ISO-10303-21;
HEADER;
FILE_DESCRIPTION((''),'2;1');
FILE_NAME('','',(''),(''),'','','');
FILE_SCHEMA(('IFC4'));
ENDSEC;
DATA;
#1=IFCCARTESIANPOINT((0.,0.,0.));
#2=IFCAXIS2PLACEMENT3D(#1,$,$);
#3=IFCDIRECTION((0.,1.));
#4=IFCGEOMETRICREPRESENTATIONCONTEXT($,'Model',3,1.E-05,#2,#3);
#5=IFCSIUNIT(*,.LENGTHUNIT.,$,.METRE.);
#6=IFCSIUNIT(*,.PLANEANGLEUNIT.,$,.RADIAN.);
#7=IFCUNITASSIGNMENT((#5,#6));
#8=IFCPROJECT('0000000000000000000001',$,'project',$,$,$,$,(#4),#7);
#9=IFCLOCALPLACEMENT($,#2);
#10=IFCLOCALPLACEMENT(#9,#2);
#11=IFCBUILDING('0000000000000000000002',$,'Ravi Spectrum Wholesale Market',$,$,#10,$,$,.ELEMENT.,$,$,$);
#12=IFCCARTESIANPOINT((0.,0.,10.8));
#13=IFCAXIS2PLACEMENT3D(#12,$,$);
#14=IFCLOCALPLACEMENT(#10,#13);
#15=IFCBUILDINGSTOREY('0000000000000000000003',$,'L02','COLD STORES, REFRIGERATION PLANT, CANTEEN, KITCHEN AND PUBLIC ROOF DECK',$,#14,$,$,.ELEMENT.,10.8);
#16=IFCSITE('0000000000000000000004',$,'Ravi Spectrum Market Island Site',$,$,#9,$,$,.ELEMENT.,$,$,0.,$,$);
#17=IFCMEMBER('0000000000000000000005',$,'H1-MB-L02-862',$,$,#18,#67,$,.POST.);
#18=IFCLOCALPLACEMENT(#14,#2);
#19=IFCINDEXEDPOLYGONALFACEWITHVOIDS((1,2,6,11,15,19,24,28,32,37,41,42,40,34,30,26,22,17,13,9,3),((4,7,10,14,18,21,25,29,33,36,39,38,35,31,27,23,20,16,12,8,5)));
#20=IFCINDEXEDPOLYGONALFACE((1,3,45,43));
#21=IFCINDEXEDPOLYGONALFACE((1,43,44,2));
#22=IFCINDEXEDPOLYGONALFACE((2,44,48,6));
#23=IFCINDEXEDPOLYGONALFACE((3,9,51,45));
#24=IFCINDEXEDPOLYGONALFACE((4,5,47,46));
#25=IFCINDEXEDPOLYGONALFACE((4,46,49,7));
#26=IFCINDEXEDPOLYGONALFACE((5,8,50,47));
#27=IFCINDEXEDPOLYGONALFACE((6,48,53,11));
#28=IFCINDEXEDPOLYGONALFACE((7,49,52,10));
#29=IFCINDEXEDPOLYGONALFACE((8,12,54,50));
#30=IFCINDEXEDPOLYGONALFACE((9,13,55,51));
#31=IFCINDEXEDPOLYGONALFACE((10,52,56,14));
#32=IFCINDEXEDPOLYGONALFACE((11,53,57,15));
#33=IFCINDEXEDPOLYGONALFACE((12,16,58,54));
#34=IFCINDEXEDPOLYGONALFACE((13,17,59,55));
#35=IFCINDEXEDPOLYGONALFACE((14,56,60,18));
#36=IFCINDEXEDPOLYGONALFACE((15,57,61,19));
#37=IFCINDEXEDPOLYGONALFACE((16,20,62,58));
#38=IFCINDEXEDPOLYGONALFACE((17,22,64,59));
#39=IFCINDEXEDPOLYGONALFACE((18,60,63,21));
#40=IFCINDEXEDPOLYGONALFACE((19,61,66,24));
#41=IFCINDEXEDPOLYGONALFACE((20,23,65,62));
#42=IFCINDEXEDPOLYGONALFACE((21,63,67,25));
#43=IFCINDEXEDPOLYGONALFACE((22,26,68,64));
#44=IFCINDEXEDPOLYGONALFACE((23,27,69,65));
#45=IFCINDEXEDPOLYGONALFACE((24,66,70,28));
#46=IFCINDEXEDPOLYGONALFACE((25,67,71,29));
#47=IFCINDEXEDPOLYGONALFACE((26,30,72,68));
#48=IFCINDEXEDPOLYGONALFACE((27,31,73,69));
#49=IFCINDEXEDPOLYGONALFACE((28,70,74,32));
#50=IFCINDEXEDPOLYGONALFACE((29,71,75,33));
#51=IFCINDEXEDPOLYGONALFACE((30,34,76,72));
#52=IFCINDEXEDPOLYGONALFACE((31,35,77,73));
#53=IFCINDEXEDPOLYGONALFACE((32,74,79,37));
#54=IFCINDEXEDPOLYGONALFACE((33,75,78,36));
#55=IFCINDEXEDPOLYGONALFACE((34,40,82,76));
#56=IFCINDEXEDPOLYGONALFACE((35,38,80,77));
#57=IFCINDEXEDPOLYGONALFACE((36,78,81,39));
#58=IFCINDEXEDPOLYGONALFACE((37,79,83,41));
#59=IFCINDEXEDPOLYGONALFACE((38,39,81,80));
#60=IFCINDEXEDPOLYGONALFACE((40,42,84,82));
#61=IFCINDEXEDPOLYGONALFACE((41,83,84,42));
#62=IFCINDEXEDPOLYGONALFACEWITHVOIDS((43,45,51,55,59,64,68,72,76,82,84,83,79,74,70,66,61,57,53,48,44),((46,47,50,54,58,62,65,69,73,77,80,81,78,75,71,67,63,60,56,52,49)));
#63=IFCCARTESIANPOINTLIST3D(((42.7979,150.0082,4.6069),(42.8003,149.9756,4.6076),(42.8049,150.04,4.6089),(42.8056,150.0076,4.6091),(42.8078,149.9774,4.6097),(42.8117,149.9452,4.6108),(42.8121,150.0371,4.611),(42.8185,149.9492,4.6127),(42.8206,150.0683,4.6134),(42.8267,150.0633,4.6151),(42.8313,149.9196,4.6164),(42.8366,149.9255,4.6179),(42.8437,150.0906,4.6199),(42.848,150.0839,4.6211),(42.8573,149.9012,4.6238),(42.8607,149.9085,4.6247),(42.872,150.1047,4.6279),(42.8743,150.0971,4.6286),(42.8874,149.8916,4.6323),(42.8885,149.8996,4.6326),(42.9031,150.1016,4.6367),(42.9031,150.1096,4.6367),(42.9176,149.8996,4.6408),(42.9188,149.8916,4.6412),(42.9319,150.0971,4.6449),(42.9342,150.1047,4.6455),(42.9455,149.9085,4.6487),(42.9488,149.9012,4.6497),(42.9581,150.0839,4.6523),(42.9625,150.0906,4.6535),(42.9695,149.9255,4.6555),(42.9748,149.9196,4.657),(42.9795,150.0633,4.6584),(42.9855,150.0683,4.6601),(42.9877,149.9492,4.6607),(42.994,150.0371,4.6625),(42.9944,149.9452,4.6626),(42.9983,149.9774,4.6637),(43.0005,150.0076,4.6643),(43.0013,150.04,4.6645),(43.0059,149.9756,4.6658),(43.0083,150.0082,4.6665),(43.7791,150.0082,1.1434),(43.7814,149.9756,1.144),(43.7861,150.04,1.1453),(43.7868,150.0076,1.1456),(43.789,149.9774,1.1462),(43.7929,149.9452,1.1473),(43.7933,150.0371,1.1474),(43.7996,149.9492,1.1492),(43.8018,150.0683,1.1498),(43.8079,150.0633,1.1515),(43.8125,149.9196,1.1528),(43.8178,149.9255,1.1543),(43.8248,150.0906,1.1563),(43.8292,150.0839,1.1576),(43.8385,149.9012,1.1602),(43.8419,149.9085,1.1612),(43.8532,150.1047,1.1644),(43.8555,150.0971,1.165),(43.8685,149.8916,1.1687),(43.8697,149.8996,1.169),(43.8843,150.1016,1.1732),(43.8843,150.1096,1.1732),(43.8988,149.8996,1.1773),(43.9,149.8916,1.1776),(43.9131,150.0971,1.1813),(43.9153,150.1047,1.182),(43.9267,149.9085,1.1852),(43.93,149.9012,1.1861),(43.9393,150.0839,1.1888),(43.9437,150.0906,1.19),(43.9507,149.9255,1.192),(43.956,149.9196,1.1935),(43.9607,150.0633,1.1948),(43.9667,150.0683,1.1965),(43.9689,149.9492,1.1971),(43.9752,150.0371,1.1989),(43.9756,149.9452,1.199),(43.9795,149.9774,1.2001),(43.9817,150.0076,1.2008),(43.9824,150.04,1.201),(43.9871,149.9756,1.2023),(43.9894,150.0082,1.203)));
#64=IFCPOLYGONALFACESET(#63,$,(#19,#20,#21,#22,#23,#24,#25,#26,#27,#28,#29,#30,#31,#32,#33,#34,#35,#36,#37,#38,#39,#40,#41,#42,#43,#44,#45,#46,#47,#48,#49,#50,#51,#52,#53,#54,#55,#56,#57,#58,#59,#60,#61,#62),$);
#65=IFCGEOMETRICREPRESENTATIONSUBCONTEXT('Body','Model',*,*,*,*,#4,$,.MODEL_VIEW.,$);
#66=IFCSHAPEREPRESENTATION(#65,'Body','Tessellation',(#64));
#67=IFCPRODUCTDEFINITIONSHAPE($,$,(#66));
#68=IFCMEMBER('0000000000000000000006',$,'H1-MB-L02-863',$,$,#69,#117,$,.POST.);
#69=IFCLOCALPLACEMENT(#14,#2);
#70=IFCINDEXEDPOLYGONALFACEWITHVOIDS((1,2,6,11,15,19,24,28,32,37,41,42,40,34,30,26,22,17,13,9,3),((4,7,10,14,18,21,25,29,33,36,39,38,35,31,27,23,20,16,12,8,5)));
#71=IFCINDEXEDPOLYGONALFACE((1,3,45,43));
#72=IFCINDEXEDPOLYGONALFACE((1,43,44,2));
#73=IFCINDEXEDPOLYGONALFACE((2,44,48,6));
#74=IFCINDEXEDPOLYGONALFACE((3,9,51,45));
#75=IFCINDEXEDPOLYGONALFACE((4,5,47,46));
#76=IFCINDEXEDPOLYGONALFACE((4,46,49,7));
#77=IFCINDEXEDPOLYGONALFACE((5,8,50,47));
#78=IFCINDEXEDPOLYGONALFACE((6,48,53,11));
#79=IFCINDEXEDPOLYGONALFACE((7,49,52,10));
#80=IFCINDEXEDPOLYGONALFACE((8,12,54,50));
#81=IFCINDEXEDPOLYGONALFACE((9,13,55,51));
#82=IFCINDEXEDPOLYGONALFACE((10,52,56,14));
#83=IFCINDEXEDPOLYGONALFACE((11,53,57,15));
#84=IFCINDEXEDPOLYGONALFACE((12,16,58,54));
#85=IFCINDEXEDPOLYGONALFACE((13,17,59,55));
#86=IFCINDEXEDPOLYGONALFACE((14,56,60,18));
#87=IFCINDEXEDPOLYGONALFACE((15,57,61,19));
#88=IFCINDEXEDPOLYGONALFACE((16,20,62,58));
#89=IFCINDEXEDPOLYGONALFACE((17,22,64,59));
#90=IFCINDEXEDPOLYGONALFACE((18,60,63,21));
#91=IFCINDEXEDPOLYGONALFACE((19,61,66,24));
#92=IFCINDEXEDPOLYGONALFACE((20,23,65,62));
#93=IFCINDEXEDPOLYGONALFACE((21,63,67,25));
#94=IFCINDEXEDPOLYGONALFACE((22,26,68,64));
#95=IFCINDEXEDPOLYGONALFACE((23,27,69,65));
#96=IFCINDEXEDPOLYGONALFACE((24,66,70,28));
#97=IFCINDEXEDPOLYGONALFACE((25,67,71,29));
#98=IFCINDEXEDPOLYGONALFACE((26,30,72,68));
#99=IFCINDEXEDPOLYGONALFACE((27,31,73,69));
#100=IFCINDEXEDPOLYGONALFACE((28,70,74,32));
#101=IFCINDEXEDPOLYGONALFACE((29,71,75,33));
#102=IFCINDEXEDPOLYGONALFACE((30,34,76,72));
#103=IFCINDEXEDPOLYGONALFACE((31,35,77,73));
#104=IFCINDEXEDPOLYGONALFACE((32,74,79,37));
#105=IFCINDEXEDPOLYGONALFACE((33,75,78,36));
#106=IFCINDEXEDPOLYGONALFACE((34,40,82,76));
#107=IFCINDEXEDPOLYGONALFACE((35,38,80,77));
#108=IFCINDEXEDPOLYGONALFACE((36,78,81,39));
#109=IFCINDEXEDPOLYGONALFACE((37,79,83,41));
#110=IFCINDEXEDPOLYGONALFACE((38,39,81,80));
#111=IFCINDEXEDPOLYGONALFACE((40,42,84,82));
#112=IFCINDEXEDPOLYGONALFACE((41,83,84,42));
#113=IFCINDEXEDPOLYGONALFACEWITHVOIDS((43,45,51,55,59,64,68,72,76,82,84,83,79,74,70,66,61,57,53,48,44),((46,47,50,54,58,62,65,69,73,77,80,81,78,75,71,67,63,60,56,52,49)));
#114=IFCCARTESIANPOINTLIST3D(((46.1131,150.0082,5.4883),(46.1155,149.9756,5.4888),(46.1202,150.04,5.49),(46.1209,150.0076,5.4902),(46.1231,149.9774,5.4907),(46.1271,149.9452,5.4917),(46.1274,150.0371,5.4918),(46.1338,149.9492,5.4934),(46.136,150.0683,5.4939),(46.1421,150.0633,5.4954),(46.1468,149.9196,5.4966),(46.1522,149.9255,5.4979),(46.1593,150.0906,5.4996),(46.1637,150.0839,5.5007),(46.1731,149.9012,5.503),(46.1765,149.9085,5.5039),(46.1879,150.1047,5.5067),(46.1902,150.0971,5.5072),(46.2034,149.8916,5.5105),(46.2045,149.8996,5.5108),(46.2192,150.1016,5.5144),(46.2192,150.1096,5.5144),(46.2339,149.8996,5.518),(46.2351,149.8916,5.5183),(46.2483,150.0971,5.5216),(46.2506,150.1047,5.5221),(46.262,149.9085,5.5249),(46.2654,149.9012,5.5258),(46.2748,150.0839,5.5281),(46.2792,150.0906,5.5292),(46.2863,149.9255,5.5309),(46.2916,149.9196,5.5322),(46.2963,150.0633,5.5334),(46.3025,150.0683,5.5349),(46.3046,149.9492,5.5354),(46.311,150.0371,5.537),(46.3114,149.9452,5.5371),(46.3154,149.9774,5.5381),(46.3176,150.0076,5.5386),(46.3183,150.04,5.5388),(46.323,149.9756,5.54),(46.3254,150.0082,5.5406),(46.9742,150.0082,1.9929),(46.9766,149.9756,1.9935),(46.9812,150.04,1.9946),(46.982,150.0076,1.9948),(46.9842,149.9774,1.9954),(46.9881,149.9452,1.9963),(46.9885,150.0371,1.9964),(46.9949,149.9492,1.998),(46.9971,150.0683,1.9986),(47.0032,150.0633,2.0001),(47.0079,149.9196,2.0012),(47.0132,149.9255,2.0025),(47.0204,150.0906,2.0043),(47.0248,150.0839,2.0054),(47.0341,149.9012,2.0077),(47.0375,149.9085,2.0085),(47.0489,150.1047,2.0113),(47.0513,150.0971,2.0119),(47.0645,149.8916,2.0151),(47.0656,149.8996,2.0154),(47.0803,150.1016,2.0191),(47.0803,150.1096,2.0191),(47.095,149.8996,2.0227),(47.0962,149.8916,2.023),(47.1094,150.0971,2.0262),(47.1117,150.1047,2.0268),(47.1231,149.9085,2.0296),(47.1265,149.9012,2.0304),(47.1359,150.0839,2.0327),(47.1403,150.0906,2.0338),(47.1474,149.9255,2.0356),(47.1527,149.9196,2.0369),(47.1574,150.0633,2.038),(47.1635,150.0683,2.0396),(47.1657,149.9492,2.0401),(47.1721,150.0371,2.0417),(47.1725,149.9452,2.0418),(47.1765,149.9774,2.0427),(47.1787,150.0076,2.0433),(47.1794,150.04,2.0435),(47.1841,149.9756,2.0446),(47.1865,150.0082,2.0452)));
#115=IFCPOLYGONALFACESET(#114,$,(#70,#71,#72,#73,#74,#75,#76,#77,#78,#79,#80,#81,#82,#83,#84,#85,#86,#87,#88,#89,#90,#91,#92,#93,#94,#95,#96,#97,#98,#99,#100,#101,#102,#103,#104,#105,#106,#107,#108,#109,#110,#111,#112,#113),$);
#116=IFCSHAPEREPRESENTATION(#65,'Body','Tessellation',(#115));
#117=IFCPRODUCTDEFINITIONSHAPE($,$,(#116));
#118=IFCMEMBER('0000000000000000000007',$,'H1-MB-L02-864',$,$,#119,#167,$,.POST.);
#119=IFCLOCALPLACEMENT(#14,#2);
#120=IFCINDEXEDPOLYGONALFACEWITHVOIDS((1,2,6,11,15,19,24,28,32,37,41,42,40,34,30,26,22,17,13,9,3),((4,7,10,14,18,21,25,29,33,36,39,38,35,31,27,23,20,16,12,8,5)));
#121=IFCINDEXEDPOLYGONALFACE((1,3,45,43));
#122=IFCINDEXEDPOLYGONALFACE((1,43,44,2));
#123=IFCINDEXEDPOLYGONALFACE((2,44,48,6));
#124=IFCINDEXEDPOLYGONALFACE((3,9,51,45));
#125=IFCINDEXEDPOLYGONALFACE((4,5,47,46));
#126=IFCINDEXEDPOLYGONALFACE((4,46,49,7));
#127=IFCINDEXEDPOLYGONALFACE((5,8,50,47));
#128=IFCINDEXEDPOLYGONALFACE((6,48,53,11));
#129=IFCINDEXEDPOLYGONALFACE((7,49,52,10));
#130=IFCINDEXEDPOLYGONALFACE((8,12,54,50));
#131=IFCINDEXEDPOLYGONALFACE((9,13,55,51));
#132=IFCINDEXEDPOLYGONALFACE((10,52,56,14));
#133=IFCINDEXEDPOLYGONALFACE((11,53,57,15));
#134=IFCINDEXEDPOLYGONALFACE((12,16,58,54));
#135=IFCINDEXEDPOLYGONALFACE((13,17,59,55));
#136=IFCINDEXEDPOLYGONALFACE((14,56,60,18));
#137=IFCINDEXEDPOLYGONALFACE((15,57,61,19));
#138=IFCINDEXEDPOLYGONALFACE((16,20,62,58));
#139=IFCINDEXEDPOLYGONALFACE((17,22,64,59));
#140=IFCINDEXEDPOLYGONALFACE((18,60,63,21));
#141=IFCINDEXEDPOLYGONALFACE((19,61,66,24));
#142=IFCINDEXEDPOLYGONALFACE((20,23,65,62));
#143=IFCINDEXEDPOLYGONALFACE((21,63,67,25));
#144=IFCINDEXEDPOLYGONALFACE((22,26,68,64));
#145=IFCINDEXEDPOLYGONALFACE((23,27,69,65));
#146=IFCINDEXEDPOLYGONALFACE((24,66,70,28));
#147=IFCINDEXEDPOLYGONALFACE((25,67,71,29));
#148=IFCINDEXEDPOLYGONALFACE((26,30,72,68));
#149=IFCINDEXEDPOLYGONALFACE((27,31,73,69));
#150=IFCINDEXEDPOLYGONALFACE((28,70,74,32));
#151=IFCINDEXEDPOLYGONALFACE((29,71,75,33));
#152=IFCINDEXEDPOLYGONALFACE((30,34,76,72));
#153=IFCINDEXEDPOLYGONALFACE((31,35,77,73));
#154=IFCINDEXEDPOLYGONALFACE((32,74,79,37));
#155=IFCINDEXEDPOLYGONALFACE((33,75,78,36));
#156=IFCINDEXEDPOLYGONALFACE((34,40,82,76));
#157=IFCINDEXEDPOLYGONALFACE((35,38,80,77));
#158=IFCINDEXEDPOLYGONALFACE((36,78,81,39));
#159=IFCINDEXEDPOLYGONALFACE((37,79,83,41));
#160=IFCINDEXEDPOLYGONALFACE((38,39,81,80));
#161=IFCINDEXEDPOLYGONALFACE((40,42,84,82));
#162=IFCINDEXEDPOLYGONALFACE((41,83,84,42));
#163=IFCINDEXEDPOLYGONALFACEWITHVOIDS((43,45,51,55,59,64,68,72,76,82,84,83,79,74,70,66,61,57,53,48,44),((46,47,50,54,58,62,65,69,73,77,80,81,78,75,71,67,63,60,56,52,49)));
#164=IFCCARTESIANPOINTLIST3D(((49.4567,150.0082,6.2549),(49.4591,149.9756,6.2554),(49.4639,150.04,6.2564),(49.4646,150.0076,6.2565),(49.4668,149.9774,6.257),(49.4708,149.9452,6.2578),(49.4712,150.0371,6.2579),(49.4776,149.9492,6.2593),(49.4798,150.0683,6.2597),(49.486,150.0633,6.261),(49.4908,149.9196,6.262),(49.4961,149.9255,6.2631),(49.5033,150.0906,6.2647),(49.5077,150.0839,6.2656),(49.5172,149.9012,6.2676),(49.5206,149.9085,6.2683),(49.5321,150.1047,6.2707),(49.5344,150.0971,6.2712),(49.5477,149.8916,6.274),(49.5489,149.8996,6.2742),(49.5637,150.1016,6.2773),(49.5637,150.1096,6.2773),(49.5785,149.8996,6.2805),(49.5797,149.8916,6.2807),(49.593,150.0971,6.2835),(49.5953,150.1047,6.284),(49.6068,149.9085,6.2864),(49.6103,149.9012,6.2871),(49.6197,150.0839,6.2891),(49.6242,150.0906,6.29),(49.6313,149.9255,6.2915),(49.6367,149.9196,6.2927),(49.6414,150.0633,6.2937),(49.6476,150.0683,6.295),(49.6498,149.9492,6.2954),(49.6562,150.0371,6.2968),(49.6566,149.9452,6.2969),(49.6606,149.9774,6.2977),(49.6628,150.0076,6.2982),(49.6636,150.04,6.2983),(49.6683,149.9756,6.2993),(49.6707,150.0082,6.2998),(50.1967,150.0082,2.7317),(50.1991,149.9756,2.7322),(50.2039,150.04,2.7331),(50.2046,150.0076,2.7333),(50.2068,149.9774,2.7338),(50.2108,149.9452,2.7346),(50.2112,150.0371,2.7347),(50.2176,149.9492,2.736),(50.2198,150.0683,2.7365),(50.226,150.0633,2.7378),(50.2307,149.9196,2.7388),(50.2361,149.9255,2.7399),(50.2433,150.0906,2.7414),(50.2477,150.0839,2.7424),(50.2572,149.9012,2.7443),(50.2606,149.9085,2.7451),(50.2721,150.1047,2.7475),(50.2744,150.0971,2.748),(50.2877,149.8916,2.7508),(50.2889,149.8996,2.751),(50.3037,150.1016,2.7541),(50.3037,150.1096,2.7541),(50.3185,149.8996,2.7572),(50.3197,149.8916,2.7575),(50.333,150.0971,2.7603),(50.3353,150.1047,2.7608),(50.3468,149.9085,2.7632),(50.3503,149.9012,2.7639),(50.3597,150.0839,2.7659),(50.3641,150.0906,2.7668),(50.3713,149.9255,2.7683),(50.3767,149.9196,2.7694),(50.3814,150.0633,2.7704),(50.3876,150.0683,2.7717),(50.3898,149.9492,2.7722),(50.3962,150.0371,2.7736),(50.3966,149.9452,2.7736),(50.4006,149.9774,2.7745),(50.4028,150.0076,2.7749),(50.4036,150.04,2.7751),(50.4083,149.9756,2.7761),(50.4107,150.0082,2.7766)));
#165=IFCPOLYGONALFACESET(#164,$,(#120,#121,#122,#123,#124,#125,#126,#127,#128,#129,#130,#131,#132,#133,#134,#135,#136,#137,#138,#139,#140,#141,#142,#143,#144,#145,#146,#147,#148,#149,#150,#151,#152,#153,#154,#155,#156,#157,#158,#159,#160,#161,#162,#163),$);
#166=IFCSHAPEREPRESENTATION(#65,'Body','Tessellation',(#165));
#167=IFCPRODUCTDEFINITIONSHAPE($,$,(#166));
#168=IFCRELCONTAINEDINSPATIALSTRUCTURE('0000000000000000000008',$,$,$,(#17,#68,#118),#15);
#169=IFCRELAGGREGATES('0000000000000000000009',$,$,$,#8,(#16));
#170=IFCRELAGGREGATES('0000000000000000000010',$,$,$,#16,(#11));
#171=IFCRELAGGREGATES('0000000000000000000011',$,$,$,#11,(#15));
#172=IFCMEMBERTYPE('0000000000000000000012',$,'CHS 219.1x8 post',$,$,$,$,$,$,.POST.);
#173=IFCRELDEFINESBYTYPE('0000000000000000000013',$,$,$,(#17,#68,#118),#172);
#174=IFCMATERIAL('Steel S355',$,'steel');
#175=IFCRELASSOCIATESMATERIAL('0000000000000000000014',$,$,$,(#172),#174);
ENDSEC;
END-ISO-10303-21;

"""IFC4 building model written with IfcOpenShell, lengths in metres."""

from ifc_helpers import new_model, si_unit, direction, frame, origin, origin_2d, place, context, subcontext, project, spatial, hollow_circle, extrude, material, material_profile, profile_set, type_object, element, save


model = new_model("IFC4")

# Units and contexts
model_context = context("Model", 3, precision=1e-05, world=origin(), true_north=direction((0.0, 1.0)))
body_context = subcontext(model_context, "Body", "Model", "MODEL_VIEW")
ifc_project = project(units=[si_unit("LENGTHUNIT", "METRE"), si_unit("PLANEANGLEUNIT", "RADIAN")], contexts=[model_context])

# Site, building, storey
site_placement = place(None, origin())
site = spatial("IfcSite", under=ifc_project, at=site_placement, Name="Ravi Spectrum Market Island Site", CompositionType="ELEMENT", RefElevation=0.0)
building_placement = place(site_placement, origin())
building = spatial("IfcBuilding", under=site, at=building_placement, Name="Ravi Spectrum Wholesale Market", CompositionType="ELEMENT")
storey_placement = place(building_placement, frame((0.0, 0.0, 10.8)))
storey = spatial("IfcBuildingStorey", under=building, at=storey_placement, Name="L02", Description="COLD STORES, REFRIGERATION PLANT, CANTEEN, KITCHEN AND PUBLIC ROOF DECK", CompositionType="ELEMENT", Elevation=10.8)

# Members
ifc_material_1 = material(Name="Steel S355", Category="steel")
ifc_material_profile_1 = material_profile(ifc_material_1, hollow_circle(Radius=0.1096, WallThickness=0.0081, at=origin_2d()))
ifc_profile_set_1 = profile_set([ifc_material_profile_1], Name="Steel S355")
member_type_1 = type_object("IfcMemberType", Name="CHS 219.1x8 post", PredefinedType="POST", material=ifc_profile_set_1)
for number, where, z_axis, x_axis, name in (
    (1, (42.9031, 150.0, 4.6367), (0.272562, 0.0, -0.962138), (0.0, 1.0, 0.0), "H1-MB-L02-862"),
    (2, (46.2192, 150.0, 5.5144), (0.239199, 0.0, -0.970971), (0.0, 1.0, 0.0), "H1-MB-L02-863"),
):
    element("IfcMember", number, at=place(storey_placement, frame(where, z_axis=z_axis, x_axis=x_axis)), inside=storey, type_object=member_type_1, Name=name, PredefinedType="POST", context=body_context, shape_type="SweptSolid", body=[
        extrude(hollow_circle(Radius=0.1096, WallThickness=0.0081, at=origin_2d()), origin(), (0.0, 0.0, 1.0), 3.5999),
    ])
for number, where, z_axis, x_axis, name in (
    (3, (49.5637, 150.0, 6.2773), (0.205549, 0.0, -0.978647), (0.0, 1.0, 0.0), "H1-MB-L02-864"),
):
    element("IfcMember", number, at=place(storey_placement, frame(where, z_axis=z_axis, x_axis=x_axis)), inside=storey, type_object=member_type_1, Name=name, PredefinedType="POST", context=body_context, shape_type="SweptSolid", body=[
        extrude(hollow_circle(Radius=0.1096, WallThickness=0.0081, at=origin_2d()), origin(), (0.0, 0.0, 1.0), 3.6001),
    ])

save(model, "model.ifc")
